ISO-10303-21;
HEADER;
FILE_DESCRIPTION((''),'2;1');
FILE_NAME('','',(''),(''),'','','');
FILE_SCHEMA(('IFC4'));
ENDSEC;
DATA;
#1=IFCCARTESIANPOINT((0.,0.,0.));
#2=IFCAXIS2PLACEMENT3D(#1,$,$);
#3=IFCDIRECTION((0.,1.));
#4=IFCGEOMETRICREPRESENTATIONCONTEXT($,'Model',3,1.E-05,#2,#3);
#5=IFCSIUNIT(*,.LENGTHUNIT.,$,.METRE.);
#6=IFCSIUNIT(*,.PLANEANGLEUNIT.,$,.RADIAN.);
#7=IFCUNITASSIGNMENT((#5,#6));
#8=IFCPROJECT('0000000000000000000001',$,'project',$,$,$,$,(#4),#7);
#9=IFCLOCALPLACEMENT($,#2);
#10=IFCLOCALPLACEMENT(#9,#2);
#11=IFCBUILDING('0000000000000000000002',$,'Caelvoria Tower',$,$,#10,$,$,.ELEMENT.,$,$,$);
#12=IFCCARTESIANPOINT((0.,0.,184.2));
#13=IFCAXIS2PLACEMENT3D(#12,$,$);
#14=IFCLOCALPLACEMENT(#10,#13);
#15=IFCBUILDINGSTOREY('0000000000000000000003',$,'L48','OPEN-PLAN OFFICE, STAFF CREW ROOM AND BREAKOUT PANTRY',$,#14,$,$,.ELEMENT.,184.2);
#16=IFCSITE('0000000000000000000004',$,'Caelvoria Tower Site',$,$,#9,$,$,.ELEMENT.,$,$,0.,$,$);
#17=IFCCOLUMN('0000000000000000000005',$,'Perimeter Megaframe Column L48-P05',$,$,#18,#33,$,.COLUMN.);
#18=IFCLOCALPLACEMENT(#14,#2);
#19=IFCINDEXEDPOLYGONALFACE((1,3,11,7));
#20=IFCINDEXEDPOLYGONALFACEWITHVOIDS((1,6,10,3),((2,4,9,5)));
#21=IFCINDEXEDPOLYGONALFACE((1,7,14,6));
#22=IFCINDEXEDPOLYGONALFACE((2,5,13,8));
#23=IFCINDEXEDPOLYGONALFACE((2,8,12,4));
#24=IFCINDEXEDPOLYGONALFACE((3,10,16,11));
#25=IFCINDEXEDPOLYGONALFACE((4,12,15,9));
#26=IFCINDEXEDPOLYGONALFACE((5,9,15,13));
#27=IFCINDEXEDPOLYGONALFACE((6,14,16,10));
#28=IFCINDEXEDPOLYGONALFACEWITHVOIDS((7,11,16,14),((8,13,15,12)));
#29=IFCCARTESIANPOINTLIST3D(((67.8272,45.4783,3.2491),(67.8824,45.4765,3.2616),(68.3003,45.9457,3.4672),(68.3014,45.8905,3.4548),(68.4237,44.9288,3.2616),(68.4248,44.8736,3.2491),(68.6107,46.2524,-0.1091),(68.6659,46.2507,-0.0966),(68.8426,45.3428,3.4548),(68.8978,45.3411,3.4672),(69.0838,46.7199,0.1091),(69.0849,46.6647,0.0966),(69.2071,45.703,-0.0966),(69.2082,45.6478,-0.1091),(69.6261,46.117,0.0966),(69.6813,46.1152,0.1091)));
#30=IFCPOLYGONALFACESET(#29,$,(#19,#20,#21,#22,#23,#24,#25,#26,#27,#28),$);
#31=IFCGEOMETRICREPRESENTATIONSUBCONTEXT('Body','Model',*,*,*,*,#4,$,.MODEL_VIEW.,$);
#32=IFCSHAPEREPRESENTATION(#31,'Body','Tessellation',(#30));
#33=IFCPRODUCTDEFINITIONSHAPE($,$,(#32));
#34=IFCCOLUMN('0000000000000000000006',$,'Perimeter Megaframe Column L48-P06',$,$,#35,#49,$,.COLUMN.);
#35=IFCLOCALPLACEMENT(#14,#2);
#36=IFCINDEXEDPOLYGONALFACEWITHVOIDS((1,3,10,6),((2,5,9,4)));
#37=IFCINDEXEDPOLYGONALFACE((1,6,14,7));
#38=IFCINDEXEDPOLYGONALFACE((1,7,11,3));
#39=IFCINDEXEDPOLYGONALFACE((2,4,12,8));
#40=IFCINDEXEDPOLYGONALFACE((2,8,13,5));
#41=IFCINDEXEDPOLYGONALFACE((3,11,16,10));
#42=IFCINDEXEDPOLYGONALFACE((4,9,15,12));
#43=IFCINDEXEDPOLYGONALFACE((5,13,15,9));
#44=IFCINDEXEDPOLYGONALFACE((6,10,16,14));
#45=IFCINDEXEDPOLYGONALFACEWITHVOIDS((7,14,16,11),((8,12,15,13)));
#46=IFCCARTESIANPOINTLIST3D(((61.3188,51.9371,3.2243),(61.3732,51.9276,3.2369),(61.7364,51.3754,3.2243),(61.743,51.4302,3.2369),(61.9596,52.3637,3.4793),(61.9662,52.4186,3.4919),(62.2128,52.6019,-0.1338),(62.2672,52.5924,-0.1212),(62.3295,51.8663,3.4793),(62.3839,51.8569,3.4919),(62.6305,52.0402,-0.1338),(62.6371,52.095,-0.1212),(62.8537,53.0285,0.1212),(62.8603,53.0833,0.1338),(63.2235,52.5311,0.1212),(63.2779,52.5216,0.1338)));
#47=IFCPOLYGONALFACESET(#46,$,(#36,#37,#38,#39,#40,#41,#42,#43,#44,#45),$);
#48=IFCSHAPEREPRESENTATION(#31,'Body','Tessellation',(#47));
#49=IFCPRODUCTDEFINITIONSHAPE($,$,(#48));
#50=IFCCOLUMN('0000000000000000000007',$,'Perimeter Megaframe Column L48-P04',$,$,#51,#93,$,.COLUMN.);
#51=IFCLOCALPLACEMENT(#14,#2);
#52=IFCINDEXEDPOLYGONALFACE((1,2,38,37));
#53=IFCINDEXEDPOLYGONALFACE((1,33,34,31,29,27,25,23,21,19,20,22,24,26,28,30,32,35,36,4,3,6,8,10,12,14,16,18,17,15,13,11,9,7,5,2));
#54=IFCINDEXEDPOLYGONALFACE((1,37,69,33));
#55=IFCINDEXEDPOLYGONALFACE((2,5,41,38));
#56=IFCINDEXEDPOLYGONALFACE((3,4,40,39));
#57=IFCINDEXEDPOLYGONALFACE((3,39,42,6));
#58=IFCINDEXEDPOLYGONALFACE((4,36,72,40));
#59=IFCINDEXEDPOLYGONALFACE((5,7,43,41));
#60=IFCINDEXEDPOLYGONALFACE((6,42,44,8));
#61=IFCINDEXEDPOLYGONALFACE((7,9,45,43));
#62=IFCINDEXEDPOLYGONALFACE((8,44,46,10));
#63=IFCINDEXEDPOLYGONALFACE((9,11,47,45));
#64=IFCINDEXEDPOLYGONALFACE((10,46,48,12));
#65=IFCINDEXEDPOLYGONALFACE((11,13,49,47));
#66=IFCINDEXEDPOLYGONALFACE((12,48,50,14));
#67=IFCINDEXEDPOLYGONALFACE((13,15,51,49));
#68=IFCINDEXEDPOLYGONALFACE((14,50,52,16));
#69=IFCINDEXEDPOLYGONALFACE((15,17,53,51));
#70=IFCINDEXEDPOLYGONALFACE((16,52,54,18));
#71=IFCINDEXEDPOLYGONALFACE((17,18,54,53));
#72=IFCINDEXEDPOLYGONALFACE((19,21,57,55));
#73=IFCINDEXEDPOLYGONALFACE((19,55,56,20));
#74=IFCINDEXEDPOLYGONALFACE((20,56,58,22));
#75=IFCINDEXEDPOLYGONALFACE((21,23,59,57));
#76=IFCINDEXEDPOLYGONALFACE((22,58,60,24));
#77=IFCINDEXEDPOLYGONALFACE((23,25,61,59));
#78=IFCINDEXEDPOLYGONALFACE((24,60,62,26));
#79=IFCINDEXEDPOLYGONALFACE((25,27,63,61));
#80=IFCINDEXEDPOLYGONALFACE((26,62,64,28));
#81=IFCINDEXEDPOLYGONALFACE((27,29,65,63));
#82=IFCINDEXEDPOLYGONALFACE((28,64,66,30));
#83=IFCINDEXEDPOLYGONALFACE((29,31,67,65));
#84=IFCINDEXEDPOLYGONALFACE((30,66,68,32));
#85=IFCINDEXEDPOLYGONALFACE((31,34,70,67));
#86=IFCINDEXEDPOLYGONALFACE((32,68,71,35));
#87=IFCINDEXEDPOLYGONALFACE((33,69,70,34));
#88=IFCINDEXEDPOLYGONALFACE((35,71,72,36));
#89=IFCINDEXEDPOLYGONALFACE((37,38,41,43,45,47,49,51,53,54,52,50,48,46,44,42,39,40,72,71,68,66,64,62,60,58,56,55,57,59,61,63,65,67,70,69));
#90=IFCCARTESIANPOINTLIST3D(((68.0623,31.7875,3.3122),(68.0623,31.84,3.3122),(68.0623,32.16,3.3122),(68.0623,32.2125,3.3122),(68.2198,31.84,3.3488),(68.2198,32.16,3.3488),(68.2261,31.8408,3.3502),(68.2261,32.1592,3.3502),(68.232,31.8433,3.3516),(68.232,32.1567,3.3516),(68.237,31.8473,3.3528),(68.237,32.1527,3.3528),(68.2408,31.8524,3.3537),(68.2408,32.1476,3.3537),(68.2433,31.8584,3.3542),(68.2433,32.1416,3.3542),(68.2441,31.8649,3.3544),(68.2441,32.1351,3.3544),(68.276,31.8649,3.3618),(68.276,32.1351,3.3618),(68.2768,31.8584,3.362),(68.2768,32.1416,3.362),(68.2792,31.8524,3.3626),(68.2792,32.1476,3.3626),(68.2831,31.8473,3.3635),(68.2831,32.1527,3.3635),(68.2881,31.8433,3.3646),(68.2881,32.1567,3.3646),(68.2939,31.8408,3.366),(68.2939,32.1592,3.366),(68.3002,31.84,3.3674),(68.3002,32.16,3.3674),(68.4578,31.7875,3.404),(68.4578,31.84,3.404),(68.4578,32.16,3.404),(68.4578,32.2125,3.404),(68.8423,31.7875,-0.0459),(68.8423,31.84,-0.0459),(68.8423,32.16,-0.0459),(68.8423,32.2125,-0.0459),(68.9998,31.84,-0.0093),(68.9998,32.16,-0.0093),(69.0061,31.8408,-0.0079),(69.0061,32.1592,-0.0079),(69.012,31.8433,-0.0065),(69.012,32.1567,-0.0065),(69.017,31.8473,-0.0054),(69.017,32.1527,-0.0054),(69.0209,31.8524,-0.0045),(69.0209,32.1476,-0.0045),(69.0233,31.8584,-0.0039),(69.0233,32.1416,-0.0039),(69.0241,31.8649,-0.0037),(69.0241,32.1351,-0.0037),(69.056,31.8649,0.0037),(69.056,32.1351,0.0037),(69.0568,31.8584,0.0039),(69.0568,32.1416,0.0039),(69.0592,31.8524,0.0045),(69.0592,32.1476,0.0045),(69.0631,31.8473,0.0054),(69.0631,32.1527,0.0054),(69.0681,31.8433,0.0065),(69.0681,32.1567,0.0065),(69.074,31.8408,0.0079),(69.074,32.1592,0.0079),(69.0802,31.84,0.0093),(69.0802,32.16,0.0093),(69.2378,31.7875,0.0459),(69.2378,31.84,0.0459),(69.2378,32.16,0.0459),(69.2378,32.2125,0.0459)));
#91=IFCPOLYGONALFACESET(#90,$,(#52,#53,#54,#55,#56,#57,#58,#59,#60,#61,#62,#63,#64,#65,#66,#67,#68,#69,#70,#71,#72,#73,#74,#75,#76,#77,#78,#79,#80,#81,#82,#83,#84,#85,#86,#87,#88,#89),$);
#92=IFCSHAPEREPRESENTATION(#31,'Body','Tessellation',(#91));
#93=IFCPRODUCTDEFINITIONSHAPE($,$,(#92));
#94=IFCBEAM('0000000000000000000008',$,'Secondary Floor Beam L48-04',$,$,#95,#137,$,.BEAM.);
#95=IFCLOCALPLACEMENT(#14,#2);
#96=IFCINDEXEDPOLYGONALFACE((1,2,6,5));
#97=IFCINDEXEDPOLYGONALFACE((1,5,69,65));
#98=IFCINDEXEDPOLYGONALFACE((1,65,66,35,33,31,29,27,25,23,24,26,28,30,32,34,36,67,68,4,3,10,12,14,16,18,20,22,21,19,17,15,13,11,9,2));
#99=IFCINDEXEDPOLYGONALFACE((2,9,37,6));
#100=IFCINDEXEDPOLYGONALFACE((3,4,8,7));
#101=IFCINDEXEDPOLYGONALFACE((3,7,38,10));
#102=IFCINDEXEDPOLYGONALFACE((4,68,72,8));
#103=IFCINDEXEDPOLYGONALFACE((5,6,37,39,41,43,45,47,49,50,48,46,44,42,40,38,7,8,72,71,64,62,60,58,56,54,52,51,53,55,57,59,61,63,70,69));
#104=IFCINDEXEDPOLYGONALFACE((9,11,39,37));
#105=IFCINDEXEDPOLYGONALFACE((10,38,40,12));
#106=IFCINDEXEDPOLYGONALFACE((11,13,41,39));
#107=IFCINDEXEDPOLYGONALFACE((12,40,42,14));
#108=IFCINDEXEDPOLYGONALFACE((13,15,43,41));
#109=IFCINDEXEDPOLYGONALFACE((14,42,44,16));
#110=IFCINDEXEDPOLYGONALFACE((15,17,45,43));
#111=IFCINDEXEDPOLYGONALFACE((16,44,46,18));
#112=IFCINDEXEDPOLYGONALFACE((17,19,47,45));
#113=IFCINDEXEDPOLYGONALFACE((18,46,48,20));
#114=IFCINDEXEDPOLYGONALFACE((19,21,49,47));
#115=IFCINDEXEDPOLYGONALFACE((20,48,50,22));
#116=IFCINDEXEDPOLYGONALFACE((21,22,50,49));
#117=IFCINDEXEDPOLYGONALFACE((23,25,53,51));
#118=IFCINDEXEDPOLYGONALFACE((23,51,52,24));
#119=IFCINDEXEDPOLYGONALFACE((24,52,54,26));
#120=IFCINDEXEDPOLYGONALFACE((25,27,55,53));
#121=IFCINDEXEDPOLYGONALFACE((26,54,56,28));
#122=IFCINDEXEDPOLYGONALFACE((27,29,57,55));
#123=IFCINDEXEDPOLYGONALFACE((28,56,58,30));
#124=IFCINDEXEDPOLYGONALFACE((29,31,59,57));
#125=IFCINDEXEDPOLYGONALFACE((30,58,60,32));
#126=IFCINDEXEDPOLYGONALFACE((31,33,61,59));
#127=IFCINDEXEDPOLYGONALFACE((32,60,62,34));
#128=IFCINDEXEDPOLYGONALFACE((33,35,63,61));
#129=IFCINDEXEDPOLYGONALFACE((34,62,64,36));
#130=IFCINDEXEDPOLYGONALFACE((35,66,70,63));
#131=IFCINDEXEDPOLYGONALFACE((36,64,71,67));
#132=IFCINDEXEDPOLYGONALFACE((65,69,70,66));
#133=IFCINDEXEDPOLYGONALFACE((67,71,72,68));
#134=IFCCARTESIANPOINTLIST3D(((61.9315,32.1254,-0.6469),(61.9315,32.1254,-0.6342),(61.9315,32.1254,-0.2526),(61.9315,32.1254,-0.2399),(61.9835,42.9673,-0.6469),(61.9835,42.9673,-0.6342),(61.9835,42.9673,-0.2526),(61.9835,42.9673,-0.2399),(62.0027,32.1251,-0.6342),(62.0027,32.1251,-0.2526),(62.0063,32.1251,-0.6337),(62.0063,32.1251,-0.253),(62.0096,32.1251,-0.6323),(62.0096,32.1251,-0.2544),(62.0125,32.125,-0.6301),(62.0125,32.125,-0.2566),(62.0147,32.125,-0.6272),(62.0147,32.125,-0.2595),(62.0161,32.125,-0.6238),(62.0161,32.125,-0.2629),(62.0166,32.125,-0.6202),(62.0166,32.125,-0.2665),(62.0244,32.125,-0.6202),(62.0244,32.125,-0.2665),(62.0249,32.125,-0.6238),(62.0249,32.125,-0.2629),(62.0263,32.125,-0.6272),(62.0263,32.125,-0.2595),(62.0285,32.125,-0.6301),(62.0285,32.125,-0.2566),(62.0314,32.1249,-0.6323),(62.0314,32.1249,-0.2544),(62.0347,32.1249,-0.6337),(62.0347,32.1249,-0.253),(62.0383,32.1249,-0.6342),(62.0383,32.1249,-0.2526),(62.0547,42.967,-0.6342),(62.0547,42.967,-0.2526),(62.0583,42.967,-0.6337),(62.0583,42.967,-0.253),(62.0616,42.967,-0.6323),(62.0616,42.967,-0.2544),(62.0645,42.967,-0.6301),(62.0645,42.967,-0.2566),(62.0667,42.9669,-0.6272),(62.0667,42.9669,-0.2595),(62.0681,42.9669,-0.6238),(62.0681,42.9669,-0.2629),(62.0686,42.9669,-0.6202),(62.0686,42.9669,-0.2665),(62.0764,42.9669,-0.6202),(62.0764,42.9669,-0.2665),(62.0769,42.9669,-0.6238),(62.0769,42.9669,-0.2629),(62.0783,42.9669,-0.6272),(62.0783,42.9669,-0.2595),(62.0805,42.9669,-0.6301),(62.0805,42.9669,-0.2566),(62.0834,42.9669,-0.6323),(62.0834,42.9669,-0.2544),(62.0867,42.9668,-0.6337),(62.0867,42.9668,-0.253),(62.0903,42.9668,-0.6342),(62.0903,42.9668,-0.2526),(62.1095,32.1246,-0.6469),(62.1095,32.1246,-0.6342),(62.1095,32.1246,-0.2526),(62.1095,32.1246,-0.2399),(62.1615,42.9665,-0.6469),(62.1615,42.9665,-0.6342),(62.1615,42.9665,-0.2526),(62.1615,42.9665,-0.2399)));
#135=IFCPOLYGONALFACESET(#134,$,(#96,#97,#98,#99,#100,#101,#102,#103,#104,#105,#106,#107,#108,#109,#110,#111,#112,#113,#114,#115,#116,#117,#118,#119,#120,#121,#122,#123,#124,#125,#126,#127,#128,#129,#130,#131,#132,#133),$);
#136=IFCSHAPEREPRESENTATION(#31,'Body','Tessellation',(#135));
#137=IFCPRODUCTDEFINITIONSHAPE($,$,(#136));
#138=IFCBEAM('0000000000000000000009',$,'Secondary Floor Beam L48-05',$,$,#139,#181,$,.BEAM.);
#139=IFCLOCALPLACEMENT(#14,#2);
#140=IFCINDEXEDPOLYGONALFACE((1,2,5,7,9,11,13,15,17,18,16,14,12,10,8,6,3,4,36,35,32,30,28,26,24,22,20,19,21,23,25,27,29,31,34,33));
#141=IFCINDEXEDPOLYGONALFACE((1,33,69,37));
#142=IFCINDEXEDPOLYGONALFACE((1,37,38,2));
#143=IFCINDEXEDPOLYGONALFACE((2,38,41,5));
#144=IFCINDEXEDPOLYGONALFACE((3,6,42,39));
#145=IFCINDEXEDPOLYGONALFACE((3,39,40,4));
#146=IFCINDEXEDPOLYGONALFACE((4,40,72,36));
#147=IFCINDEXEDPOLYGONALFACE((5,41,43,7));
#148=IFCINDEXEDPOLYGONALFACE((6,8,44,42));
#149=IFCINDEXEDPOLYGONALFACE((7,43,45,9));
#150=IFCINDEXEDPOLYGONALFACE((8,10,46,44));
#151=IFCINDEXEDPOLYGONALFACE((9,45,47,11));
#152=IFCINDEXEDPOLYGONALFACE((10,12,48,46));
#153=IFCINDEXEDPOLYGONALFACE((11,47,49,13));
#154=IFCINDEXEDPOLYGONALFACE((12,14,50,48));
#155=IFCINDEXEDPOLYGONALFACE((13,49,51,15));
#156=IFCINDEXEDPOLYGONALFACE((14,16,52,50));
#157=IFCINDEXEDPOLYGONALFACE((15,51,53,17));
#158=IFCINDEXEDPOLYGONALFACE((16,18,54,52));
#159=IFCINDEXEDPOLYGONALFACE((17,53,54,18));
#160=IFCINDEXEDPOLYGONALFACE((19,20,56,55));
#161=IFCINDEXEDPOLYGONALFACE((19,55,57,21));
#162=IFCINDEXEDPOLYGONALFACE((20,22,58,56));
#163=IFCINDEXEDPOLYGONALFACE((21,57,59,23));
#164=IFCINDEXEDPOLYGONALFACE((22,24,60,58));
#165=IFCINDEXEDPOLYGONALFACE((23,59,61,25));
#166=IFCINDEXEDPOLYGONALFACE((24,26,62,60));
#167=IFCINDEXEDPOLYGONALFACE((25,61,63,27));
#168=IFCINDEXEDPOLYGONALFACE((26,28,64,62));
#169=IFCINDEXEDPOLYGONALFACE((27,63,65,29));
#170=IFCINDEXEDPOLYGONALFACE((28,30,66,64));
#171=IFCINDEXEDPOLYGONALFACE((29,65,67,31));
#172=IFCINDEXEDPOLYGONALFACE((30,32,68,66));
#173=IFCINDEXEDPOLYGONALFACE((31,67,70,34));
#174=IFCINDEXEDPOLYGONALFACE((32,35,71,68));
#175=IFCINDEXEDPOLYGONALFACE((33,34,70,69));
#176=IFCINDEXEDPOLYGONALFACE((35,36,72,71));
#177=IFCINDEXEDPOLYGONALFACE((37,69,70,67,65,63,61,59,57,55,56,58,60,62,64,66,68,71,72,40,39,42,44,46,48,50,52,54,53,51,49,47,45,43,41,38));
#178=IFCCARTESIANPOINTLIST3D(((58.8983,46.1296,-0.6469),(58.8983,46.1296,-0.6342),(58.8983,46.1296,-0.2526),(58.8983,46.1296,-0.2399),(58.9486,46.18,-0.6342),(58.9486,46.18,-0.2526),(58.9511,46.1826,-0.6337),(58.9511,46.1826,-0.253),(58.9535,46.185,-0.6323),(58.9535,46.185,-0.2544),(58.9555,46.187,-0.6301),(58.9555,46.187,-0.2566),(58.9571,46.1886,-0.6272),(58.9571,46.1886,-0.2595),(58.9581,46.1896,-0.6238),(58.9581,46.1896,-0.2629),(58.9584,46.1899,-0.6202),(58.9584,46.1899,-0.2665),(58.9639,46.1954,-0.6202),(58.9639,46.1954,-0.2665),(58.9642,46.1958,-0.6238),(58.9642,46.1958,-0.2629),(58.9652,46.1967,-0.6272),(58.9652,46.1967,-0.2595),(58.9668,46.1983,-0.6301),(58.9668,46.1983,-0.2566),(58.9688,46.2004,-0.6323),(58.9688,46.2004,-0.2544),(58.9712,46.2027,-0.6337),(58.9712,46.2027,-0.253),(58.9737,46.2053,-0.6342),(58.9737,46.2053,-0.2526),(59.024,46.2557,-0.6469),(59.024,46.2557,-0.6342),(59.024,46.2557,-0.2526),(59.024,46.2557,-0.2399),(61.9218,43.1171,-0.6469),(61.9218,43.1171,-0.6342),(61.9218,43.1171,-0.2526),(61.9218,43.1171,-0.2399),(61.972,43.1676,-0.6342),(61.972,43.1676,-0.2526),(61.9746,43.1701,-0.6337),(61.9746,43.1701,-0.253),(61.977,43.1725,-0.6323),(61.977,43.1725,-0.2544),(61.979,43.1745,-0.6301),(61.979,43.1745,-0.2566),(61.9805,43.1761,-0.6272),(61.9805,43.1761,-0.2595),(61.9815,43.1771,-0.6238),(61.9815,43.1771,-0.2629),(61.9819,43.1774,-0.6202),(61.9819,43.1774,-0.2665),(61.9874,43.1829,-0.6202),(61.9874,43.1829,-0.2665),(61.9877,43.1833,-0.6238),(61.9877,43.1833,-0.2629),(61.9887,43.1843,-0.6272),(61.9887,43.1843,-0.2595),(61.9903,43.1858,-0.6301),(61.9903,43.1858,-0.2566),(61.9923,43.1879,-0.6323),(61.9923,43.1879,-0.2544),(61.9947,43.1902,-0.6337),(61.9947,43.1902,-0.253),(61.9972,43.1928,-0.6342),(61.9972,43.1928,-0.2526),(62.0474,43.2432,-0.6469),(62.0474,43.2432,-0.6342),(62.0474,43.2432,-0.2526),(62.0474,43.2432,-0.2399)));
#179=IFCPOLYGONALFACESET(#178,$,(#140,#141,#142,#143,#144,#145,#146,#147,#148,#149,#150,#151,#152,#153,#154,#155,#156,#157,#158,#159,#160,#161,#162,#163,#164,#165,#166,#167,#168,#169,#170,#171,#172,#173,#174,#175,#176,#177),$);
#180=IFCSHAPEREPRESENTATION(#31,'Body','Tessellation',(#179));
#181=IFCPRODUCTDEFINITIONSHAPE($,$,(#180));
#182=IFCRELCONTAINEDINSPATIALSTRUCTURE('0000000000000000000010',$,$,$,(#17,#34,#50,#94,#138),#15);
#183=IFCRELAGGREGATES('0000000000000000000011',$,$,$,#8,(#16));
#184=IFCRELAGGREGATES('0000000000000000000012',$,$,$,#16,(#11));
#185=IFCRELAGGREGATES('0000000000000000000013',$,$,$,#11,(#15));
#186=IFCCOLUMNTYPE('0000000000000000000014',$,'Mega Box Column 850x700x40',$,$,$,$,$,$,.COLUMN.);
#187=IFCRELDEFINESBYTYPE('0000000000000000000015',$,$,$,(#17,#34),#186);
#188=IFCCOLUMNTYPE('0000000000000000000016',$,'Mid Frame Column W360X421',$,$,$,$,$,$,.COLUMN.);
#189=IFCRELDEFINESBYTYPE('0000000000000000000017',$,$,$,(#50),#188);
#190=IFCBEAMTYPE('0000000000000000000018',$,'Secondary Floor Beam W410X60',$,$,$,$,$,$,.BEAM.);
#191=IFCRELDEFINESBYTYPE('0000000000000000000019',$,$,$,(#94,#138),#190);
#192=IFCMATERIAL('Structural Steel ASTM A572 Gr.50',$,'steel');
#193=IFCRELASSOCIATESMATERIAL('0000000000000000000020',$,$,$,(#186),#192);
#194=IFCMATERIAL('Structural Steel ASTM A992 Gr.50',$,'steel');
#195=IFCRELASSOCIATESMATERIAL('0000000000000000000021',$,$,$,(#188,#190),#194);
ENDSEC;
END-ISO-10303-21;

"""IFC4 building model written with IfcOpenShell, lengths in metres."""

from ifc_helpers import new_model, si_unit, direction, frame, origin, origin_2d, place, context, subcontext, project, spatial, hollow_rectangle, i_section, extrude, material, material_profile, profile_set, type_object, element, save


model = new_model("IFC4")

# Units and contexts
model_context = context("Model", 3, precision=1e-05, world=origin(), true_north=direction((0.0, 1.0)))
body_context = subcontext(model_context, "Body", "Model", "MODEL_VIEW")
ifc_project = project(units=[si_unit("LENGTHUNIT", "METRE"), si_unit("PLANEANGLEUNIT", "RADIAN")], contexts=[model_context])

# Site, building, storey
site_placement = place(None, origin())
site = spatial("IfcSite", under=ifc_project, at=site_placement, Name="Caelvoria Tower Site", CompositionType="ELEMENT", RefElevation=0.0)
building_placement = place(site_placement, origin())
building = spatial("IfcBuilding", under=site, at=building_placement, Name="Caelvoria Tower", CompositionType="ELEMENT")
storey_placement = place(building_placement, frame((0.0, 0.0, 184.2)))
storey = spatial("IfcBuildingStorey", under=building, at=storey_placement, Name="L48", Description="OPEN-PLAN OFFICE, STAFF CREW ROOM AND BREAKOUT PANTRY", CompositionType="ELEMENT", Elevation=184.2)

# Columns
ifc_material_1 = material(Name="Structural Steel ASTM A572 Gr.50", Category="steel")
ifc_material_profile_1 = material_profile(ifc_material_1, hollow_rectangle(XDim=0.7, YDim=0.8501, WallThickness=0.04, at=origin_2d()), Name="Structural Steel ASTM A572 Gr.50")
ifc_profile_set_1 = profile_set([ifc_material_profile_1], Name="BOX850X700X40 - Structural Steel ASTM A572 Gr.50")
column_type_1 = type_object("IfcColumnType", Name="Mega Box Column 850x700x40", PredefinedType="COLUMN", material=ifc_profile_set_1)
column_1_placement = place(storey_placement, frame((69.146, 46.1838, 0.0), z_axis=(-0.221678, -0.219053, 0.950197), x_axis=(0.675881, 0.667877, 0.31165)))
element("IfcColumn", 1, at=column_1_placement, inside=storey, type_object=column_type_1, Name="Perimeter Megaframe Column L48-P05", PredefinedType="COLUMN", context=body_context, shape_type="SweptSolid", body=[
    extrude(hollow_rectangle(XDim=0.7, YDim=0.8501, WallThickness=0.04, at=origin_2d()), origin(), (0.0, 0.0, 1.0), 3.5342),
])
column_2_placement = place(storey_placement, frame((62.7454, 52.5618, 0.0), z_axis=(-0.252687, -0.187894, 0.949129), x_axis=(0.596699, -0.802465, 0.0)))
element("IfcColumn", 2, at=column_2_placement, inside=storey, type_object=column_type_1, Name="Perimeter Megaframe Column L48-P06", PredefinedType="COLUMN", context=body_context, shape_type="SweptSolid", body=[
    extrude(hollow_rectangle(XDim=0.7, YDim=0.8501, WallThickness=0.04, at=origin_2d()), origin(), (0.0, 0.0, 1.0), 3.5381),
])
ifc_material_2 = material(Name="Structural Steel ASTM A992 Gr.50", Category="steel")
ifc_material_profile_2 = material_profile(ifc_material_2, i_section(OverallWidth=0.406, OverallDepth=0.425, WebThickness=0.0327, FlangeThickness=0.0525, FilletRadius=0.0249, at=origin_2d()), Name="Structural Steel ASTM A992 Gr.50")
ifc_profile_set_2 = profile_set([ifc_material_profile_2], Name="W360X421 - Structural Steel ASTM A992 Gr.50")
column_type_2 = type_object("IfcColumnType", Name="Mid Frame Column W360X421", PredefinedType="COLUMN", material=ifc_profile_set_2)
column_3_placement = place(storey_placement, frame((69.04, 32.0, 0.0), z_axis=(-0.226256, 0.0, 0.974068), x_axis=(0.974068, 0.0, 0.226256)))
element("IfcColumn", 3, at=column_3_placement, inside=storey, type_object=column_type_2, Name="Perimeter Megaframe Column L48-P04", PredefinedType="COLUMN", context=body_context, shape_type="SweptSolid", body=[
    extrude(i_section(OverallWidth=0.406, OverallDepth=0.425, WebThickness=0.0327, FlangeThickness=0.0525, FilletRadius=0.0249, at=origin_2d()), origin(), (0.0, 0.0, 1.0), 3.4475),
])

# Beams
ifc_material_profile_3 = material_profile(ifc_material_2, i_section(OverallWidth=0.178, OverallDepth=0.407, WebThickness=0.0078, FlangeThickness=0.0127, FilletRadius=0.0139, at=origin_2d()), Name="Structural Steel ASTM A992 Gr.50")
ifc_profile_set_3 = profile_set([ifc_material_profile_3], Name="W410X60 - Structural Steel ASTM A992 Gr.50")
beam_type_1 = type_object("IfcBeamType", Name="Secondary Floor Beam W410X60", PredefinedType="BEAM", material=ifc_profile_set_3)
beam_1_placement = place(storey_placement, frame((62.0205, 32.125, -0.4434), z_axis=(0.004796, 0.999988, 0.0), x_axis=(-0.999988, 0.004796, 0.0)))
element("IfcBeam", 4, at=beam_1_placement, inside=storey, type_object=beam_type_1, Name="Secondary Floor Beam L48-04", PredefinedType="BEAM", context=body_context, shape_type="SweptSolid", body=[
    extrude(i_section(OverallWidth=0.178, OverallDepth=0.407, WebThickness=0.0078, FlangeThickness=0.0127, FilletRadius=0.0139, at=origin_2d()), origin(), (0.0, 0.0, 1.0), 10.842),
])
beam_2_placement = place(storey_placement, frame((61.9846, 43.1802, -0.4434), z_axis=(-0.708393, 0.705819, 0.0), x_axis=(-0.705819, -0.708393, 0.0)))
element("IfcBeam", 5, at=beam_2_placement, inside=storey, type_object=beam_type_1, Name="Secondary Floor Beam L48-05", PredefinedType="BEAM", context=body_context, shape_type="SweptSolid", body=[
    extrude(i_section(OverallWidth=0.178, OverallDepth=0.407, WebThickness=0.0078, FlangeThickness=0.0127, FilletRadius=0.0139, at=origin_2d()), origin(), (0.0, 0.0, 1.0), 4.2681),
])

save(model, "model.ifc")
